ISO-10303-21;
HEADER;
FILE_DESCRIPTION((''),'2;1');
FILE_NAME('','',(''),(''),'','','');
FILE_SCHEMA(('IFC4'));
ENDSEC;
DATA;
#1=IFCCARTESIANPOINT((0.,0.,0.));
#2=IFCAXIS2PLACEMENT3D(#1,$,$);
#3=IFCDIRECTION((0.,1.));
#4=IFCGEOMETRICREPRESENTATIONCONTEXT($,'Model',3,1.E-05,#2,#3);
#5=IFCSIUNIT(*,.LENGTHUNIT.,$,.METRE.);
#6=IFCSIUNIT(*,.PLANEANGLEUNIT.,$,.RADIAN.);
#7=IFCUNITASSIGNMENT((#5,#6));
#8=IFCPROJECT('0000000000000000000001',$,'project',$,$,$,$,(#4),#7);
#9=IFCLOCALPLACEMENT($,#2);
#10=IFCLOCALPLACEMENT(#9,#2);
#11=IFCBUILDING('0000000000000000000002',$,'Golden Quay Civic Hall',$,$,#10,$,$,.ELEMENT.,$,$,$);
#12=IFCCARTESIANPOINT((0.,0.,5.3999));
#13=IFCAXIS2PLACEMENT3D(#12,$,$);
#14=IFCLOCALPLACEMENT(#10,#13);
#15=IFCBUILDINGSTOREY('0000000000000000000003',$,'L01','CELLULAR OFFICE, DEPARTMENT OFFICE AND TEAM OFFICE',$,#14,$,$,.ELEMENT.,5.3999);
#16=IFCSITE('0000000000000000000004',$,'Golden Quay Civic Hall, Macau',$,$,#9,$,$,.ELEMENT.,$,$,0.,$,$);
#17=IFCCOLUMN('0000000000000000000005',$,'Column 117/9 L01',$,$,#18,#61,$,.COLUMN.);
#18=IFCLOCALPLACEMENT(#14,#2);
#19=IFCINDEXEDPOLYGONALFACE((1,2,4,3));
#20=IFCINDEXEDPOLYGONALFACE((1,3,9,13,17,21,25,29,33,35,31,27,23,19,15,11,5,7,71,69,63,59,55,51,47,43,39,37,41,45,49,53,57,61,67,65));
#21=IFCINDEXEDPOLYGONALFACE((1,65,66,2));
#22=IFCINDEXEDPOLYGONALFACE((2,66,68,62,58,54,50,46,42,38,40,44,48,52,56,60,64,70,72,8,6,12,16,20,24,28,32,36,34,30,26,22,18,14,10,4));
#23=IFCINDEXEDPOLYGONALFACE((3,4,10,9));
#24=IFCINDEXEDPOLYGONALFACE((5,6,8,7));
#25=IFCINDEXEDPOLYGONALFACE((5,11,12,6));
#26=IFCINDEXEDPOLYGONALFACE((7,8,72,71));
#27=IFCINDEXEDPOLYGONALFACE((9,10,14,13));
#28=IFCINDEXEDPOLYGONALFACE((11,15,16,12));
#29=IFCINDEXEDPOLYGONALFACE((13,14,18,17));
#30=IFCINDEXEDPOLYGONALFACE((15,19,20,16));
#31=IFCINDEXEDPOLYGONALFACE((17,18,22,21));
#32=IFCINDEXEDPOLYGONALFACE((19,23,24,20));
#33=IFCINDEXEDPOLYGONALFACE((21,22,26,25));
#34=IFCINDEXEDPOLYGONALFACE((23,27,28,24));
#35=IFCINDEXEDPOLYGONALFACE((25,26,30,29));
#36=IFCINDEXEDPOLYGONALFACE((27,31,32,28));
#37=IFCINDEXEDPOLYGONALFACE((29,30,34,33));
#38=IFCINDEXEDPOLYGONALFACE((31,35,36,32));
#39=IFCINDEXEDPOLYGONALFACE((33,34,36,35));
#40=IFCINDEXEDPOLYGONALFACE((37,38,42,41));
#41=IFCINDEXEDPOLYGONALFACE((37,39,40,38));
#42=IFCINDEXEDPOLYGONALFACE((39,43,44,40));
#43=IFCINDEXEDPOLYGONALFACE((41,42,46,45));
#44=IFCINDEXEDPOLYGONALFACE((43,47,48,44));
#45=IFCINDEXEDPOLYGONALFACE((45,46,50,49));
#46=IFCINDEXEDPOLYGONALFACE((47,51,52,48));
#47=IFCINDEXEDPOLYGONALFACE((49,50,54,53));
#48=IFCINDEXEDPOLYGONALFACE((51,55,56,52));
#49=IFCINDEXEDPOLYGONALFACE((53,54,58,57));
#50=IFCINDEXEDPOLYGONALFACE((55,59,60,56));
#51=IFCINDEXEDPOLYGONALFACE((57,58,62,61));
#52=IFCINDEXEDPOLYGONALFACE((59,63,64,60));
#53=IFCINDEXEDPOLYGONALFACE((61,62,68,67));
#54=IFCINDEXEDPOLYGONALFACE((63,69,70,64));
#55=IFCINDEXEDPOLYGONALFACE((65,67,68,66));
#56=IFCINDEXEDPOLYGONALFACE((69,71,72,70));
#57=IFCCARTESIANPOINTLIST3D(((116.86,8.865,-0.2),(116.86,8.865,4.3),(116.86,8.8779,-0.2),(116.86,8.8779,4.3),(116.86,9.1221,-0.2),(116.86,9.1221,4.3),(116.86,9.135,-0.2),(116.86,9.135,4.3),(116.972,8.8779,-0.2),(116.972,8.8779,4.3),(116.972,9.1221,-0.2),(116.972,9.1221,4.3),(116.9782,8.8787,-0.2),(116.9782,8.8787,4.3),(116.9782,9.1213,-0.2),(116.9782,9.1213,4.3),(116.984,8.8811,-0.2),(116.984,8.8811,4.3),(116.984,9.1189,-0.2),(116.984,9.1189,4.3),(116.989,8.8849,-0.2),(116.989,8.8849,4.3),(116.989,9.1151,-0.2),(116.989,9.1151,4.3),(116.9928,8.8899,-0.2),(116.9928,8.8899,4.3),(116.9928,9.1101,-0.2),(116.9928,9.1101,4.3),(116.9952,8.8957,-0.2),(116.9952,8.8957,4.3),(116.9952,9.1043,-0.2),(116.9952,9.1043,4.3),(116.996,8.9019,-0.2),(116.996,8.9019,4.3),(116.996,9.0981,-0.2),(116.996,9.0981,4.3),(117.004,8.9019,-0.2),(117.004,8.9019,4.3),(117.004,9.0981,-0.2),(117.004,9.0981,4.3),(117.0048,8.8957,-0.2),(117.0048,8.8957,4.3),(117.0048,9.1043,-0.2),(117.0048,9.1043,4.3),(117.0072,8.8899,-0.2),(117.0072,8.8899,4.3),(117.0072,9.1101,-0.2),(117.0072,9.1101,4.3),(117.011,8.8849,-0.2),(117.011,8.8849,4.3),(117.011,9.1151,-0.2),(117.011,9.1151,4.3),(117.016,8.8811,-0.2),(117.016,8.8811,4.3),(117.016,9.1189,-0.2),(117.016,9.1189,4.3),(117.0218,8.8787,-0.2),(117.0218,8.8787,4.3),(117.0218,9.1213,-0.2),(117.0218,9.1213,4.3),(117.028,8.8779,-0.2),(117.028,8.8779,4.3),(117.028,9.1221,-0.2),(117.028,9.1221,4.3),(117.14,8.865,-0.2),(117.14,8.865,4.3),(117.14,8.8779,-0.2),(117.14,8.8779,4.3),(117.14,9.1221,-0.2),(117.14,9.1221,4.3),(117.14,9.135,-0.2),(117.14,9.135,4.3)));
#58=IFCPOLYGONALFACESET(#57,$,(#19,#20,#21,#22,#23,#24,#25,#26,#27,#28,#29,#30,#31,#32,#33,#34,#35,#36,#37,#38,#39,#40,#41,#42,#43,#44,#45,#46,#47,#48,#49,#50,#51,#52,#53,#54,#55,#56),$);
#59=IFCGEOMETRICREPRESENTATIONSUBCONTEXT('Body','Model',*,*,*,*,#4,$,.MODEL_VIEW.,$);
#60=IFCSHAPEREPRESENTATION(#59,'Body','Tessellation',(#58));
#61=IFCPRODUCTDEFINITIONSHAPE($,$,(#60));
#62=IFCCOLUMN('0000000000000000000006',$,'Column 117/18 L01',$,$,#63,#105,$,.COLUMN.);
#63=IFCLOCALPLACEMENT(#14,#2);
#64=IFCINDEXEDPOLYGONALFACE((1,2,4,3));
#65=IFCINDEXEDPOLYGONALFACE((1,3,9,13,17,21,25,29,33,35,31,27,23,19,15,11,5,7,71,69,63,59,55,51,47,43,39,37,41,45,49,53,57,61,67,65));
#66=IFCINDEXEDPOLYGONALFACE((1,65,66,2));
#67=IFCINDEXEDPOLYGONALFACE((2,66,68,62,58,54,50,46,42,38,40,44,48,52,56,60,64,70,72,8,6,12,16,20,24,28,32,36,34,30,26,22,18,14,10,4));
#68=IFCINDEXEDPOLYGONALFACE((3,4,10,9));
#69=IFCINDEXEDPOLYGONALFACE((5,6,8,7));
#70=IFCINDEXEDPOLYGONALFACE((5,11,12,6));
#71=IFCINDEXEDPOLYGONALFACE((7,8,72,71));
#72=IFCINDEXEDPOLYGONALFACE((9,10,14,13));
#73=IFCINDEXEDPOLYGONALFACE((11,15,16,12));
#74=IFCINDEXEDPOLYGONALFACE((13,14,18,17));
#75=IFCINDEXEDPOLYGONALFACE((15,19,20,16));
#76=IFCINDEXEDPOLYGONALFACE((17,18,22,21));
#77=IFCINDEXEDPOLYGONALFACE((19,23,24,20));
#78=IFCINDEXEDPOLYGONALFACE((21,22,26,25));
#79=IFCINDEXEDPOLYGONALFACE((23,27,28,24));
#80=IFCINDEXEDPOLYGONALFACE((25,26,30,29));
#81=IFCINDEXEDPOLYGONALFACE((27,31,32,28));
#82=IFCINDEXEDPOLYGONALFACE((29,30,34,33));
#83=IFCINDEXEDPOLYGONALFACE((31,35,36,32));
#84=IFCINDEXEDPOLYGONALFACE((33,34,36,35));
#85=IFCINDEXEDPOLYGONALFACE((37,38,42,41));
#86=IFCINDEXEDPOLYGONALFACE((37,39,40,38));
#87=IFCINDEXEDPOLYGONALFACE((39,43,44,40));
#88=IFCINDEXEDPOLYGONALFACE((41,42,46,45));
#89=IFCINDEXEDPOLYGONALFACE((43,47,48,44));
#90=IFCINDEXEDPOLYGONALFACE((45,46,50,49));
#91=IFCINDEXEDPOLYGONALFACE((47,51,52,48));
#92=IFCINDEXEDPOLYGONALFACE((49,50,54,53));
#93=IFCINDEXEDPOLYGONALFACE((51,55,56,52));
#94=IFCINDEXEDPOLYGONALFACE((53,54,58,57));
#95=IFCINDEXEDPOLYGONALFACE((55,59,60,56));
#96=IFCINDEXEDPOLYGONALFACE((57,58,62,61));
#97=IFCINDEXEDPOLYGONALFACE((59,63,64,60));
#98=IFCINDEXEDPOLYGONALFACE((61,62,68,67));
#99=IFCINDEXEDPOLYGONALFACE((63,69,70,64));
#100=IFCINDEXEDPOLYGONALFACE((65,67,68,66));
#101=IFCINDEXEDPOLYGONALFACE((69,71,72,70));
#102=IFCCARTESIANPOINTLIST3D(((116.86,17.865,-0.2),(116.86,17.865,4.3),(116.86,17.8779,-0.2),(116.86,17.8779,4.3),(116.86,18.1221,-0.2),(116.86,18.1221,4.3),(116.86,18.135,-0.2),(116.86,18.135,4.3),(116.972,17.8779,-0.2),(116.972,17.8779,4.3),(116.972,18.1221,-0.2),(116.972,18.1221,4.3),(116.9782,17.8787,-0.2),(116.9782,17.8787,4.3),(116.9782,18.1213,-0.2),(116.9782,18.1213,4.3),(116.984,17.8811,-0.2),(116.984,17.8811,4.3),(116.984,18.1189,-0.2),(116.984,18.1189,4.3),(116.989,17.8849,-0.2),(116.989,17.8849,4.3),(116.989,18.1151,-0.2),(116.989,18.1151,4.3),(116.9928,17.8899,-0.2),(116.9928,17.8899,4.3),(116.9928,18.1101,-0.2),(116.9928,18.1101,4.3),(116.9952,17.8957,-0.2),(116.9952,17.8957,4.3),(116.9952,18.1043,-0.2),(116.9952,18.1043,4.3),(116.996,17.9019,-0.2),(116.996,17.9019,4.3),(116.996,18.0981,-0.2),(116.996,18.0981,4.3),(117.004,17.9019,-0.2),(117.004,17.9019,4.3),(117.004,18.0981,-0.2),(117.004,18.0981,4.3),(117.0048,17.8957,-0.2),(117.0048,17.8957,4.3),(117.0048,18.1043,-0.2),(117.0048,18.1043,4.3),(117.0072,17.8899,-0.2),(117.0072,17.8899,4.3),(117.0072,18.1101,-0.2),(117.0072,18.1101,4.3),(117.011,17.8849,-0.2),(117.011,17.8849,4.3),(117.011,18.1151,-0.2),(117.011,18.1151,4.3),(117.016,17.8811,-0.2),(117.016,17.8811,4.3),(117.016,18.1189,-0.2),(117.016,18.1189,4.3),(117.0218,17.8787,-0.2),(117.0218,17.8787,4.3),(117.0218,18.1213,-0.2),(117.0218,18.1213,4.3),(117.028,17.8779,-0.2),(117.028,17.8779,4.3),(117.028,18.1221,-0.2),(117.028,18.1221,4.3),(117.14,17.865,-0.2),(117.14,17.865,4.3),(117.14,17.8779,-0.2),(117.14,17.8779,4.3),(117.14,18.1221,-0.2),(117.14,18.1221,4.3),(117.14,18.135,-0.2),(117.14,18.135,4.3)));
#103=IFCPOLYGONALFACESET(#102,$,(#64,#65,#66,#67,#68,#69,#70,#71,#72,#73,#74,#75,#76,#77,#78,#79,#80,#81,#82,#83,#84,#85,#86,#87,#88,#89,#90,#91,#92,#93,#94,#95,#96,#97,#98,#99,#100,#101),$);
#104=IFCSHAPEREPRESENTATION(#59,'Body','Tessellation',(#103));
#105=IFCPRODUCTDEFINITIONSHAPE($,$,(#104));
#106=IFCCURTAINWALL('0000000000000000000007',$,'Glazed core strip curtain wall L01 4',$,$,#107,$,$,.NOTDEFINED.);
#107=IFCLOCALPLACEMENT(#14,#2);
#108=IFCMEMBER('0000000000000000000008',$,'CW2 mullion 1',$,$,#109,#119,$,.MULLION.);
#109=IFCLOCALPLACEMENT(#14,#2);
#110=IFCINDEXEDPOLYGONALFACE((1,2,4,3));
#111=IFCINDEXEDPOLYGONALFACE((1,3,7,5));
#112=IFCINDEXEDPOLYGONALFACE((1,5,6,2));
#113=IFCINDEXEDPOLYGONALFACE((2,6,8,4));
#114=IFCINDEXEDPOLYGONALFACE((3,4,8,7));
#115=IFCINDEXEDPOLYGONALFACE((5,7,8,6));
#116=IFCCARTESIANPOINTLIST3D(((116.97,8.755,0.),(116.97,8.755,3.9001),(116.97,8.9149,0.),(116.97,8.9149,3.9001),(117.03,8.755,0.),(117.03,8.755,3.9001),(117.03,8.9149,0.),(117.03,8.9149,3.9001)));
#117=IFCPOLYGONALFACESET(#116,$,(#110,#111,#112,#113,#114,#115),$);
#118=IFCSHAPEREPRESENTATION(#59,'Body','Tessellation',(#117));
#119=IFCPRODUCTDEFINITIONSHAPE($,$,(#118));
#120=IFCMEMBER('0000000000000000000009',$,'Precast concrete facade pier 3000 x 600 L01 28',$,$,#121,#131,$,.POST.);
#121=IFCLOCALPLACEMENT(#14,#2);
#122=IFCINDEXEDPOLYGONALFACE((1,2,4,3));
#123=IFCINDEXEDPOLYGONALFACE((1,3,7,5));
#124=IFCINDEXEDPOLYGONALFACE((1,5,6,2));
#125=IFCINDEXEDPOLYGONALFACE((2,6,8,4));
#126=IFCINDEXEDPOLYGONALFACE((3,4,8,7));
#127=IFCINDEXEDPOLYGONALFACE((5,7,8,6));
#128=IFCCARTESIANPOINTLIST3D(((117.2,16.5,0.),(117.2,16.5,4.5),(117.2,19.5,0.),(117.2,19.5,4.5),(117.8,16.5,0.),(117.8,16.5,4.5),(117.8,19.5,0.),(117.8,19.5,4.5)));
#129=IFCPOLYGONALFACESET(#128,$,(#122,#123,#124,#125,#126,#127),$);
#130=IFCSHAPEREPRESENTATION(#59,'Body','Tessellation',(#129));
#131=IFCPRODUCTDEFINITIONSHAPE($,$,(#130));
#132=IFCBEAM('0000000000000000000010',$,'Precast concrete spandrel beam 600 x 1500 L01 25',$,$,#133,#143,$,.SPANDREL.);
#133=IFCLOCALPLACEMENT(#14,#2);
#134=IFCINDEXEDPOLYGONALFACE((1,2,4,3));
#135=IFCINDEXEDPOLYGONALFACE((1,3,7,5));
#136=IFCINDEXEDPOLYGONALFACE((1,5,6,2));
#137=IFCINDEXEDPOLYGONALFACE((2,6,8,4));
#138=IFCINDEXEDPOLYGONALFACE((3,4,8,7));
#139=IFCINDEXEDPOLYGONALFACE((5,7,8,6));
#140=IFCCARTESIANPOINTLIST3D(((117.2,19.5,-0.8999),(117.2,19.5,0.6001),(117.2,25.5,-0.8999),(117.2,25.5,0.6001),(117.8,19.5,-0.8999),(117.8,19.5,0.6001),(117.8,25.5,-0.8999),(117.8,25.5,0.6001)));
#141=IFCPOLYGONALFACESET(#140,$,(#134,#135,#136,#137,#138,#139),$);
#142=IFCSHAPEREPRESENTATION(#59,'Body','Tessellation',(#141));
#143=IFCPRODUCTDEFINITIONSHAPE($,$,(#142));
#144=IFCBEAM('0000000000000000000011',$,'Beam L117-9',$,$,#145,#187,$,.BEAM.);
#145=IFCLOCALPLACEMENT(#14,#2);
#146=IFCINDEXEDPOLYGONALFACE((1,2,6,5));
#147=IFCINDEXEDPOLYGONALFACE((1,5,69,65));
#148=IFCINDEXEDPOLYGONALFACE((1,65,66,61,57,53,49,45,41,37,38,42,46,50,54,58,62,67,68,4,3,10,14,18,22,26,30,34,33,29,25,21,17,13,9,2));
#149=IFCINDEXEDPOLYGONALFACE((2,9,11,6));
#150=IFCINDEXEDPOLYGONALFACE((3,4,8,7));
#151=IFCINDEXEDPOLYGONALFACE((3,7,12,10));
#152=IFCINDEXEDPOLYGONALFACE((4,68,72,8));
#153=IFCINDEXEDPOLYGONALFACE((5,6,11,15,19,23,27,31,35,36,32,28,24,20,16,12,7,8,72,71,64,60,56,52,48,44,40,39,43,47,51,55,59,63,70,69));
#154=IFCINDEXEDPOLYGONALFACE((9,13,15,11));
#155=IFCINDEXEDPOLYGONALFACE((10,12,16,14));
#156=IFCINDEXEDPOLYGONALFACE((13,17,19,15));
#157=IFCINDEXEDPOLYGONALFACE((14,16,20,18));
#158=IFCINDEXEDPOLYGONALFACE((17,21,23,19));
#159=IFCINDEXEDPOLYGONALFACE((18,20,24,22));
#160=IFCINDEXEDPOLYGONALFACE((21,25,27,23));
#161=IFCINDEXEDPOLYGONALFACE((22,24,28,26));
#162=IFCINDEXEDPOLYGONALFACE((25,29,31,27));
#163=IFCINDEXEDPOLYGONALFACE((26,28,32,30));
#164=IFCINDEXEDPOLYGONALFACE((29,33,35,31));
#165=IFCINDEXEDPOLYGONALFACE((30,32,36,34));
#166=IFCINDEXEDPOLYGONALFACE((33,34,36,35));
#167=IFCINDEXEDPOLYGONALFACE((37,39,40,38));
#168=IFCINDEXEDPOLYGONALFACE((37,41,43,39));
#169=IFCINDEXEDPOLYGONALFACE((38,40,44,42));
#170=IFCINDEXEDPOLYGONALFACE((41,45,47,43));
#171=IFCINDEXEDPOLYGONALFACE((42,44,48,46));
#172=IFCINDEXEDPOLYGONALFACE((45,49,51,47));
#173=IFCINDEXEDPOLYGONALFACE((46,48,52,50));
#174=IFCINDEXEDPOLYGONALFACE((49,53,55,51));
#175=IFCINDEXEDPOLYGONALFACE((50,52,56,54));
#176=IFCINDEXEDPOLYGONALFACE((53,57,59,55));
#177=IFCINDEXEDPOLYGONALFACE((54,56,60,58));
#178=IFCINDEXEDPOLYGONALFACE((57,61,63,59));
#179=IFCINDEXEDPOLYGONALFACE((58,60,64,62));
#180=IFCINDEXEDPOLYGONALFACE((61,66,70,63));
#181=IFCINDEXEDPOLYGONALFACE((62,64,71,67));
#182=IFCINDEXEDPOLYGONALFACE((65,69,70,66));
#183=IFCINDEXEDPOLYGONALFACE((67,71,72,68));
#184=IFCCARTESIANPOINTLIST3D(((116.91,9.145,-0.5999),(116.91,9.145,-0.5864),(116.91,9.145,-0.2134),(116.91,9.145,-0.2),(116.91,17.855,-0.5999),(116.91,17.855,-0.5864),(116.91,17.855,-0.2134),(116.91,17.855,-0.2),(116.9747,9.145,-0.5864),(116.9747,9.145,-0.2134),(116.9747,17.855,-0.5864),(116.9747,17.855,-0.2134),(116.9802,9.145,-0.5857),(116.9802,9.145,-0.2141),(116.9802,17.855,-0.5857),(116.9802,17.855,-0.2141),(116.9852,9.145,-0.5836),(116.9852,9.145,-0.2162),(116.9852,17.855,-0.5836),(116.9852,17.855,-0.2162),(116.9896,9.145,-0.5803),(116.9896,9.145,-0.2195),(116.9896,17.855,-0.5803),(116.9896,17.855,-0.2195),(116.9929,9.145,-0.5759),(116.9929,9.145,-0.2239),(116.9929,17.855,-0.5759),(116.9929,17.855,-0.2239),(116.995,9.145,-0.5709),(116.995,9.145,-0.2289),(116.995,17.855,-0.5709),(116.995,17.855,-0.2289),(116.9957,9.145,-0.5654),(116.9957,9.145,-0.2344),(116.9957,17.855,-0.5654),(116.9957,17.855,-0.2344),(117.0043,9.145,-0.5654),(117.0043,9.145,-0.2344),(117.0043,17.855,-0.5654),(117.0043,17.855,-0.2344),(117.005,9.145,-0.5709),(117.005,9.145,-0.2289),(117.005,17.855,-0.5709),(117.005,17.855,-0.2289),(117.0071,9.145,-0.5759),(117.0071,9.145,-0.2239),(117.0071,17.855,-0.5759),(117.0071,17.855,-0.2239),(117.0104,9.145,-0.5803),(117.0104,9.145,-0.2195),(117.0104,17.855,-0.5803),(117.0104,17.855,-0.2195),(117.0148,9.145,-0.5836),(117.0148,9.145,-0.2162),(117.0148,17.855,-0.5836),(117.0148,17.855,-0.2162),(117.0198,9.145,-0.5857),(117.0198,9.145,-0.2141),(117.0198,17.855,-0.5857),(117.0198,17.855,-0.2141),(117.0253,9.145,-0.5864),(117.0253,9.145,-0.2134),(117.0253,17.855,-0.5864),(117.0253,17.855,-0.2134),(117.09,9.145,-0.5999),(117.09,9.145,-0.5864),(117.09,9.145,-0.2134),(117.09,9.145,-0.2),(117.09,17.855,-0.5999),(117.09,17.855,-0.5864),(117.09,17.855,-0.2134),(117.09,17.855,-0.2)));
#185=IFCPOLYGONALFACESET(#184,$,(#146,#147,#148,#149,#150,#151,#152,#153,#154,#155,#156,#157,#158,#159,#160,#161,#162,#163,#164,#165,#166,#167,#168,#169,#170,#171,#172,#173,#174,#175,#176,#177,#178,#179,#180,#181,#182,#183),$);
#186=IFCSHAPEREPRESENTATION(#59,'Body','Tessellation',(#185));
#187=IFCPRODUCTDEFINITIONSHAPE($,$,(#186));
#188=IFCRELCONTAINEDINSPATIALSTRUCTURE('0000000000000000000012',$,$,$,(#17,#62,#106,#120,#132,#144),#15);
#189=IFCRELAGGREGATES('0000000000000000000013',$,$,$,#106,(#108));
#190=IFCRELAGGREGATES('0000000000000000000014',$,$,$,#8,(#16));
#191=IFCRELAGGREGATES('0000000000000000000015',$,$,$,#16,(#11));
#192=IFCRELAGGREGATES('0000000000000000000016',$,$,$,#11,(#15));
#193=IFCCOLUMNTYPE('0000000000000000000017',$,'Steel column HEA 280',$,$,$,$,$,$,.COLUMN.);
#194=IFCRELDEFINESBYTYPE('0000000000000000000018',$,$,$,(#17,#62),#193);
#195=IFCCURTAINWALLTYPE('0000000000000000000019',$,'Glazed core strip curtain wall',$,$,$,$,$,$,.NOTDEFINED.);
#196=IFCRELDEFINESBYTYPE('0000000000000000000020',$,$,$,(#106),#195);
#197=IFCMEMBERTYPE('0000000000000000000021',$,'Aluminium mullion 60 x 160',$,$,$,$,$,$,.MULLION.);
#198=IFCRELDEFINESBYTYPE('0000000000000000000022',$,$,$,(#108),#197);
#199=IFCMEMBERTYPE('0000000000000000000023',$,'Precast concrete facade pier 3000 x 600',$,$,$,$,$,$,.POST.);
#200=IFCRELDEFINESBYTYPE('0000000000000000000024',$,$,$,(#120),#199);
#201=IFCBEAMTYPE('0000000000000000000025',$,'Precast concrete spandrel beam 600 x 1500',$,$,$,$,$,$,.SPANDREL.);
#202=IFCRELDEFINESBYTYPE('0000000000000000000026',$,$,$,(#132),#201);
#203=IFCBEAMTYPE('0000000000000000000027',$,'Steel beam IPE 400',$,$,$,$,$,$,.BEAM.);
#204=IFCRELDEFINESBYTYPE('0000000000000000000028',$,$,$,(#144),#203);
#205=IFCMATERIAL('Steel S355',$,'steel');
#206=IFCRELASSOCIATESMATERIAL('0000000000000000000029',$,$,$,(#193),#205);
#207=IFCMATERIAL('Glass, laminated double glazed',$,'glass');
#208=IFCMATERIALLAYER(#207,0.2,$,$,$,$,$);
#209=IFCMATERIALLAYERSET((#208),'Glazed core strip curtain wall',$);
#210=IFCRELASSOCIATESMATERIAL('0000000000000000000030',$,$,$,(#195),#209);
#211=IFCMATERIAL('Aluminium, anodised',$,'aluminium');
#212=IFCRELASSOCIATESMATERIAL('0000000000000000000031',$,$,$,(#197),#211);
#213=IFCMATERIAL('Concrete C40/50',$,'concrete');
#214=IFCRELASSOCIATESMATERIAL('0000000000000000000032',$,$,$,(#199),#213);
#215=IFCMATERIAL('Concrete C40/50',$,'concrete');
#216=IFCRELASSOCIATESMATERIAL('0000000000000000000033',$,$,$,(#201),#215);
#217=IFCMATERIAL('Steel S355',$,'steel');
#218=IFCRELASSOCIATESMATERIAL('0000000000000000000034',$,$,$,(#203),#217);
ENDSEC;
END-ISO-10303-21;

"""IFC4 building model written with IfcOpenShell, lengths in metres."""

from ifc_helpers import new_model, si_unit, direction, frame, origin, origin_2d, place, context, subcontext, project, spatial, rectangle, i_section, extrude, material, layer, layer_set, material_profile, profile_set, type_object, element, aggregate, save


model = new_model("IFC4")

# Units and contexts
model_context = context("Model", 3, precision=1e-05, world=origin(), true_north=direction((0.0, 1.0)))
body_context = subcontext(model_context, "Body", "Model", "MODEL_VIEW")
ifc_project = project(units=[si_unit("LENGTHUNIT", "METRE"), si_unit("PLANEANGLEUNIT", "RADIAN")], contexts=[model_context])

# Site, building, storey
site_placement = place(None, origin())
site = spatial("IfcSite", under=ifc_project, at=site_placement, Name="Golden Quay Civic Hall, Macau", CompositionType="ELEMENT", RefElevation=0.0)
building_placement = place(site_placement, origin())
building = spatial("IfcBuilding", under=site, at=building_placement, Name="Golden Quay Civic Hall", CompositionType="ELEMENT")
storey_placement = place(building_placement, frame((0.0, 0.0, 5.3999)))
storey = spatial("IfcBuildingStorey", under=building, at=storey_placement, Name="L01", Description="CELLULAR OFFICE, DEPARTMENT OFFICE AND TEAM OFFICE", CompositionType="ELEMENT", Elevation=5.3999)

# Columns
ifc_material_1 = material(Name="Steel S355", Category="steel")
ifc_material_profile_1 = material_profile(ifc_material_1, i_section(OverallWidth=0.28, OverallDepth=0.27, WebThickness=0.0081, FlangeThickness=0.0129, FilletRadius=0.0239, at=origin_2d()), Name="HEA 280")
ifc_profile_set_1 = profile_set([ifc_material_profile_1], Name="Steel S355")
column_type = type_object("IfcColumnType", Name="Steel column HEA 280", PredefinedType="COLUMN", material=ifc_profile_set_1)
for number, where, z_axis, x_axis, name in (
    (1, (117.0, 9.0, -0.2), (0.0, 0.0, 1.0), (1.0, 0.0, 0.0), "Column 117/9 L01"),
    (2, (117.0, 18.0, -0.2), (0.0, 0.0, 1.0), (1.0, 0.0, 0.0), "Column 117/18 L01"),
):
    element("IfcColumn", number, at=place(storey_placement, frame(where, z_axis=z_axis, x_axis=x_axis)), inside=storey, type_object=column_type, Name=name, PredefinedType="COLUMN", context=body_context, shape_type="SweptSolid", body=[
        extrude(i_section(OverallWidth=0.28, OverallDepth=0.27, WebThickness=0.0081, FlangeThickness=0.0129, FilletRadius=0.0239, at=origin_2d()), origin(), (0.0, 0.0, 1.0), 4.5),
    ])

# Curtain wall, member
ifc_material_2 = material(Name="Glass, laminated double glazed", Category="glass")
ifc_layer_1 = layer(ifc_material_2, 0.2)
ifc_layer_set_1 = layer_set([ifc_layer_1], Name="Glazed core strip curtain wall")
curtain_wall_type = type_object("IfcCurtainWallType", Name="Glazed core strip curtain wall", PredefinedType="NOTDEFINED", material=ifc_layer_set_1)
curtain_wall_placement = place(storey_placement, origin())
curtain_wall = element("IfcCurtainWall", 3, at=curtain_wall_placement, inside=storey, type_object=curtain_wall_type, Name="Glazed core strip curtain wall L01 4", PredefinedType="NOTDEFINED")
ifc_material_3 = material(Name="Aluminium, anodised", Category="aluminium")
ifc_material_profile_2 = material_profile(ifc_material_3, rectangle(XDim=0.0601, YDim=0.1599, at=origin_2d()), Name="Aluminium 60 x 160")
ifc_profile_set_2 = profile_set([ifc_material_profile_2], Name="Aluminium, anodised")
member_type_1 = type_object("IfcMemberType", Name="Aluminium mullion 60 x 160", PredefinedType="MULLION", material=ifc_profile_set_2)
member_1_placement = place(storey_placement, frame((117.0, 8.835, 0.0), z_axis=(0.0, 0.0, 1.0), x_axis=(1.0, 0.0, 0.0)))
member_1 = element("IfcMember", 4, at=member_1_placement, type_object=member_type_1, Name="CW2 mullion 1", PredefinedType="MULLION", context=body_context, shape_type="SweptSolid", body=[
    extrude(rectangle(XDim=0.0601, YDim=0.1599, at=origin_2d()), origin(), (0.0, 0.0, 1.0), 3.9001),
])
aggregate(curtain_wall, [member_1])

# Member
ifc_material_4 = material(Name="Concrete C40/50", Category="concrete")
ifc_material_profile_3 = material_profile(ifc_material_4, rectangle(XDim=3.0, YDim=0.6001, at=origin_2d()), Name="RC 3000x600")
ifc_profile_set_3 = profile_set([ifc_material_profile_3], Name="Concrete C40/50")
member_type_2 = type_object("IfcMemberType", Name="Precast concrete facade pier 3000 x 600", PredefinedType="POST", material=ifc_profile_set_3)
member_2_placement = place(storey_placement, frame((117.5, 18.0, 0.0), z_axis=(0.0, 0.0, 1.0), x_axis=(0.0, 1.0, 0.0)))
element("IfcMember", 5, at=member_2_placement, inside=storey, type_object=member_type_2, Name="Precast concrete facade pier 3000 x 600 L01 28", PredefinedType="POST", context=body_context, shape_type="SweptSolid", body=[
    extrude(rectangle(XDim=3.0, YDim=0.6001, at=origin_2d()), origin(), (0.0, 0.0, 1.0), 4.5),
])

# Beams
ifc_material_5 = material(Name="Concrete C40/50", Category="concrete")
ifc_material_profile_4 = material_profile(ifc_material_5, rectangle(XDim=0.6001, YDim=1.5, at=origin_2d()), Name="RC 600x1500")
ifc_profile_set_4 = profile_set([ifc_material_profile_4], Name="Concrete C40/50")
beam_type_1 = type_object("IfcBeamType", Name="Precast concrete spandrel beam 600 x 1500", PredefinedType="SPANDREL", material=ifc_profile_set_4)
beam_placement = place(storey_placement, frame((117.5, 19.5, -0.1499), z_axis=(0.0, 1.0, 0.0), x_axis=(-1.0, 0.0, 0.0)))
element("IfcBeam", 6, at=beam_placement, inside=storey, type_object=beam_type_1, Name="Precast concrete spandrel beam 600 x 1500 L01 25", PredefinedType="SPANDREL", context=body_context, shape_type="SweptSolid", body=[
    extrude(rectangle(XDim=0.6001, YDim=1.5, at=origin_2d()), origin(), (0.0, 0.0, 1.0), 6.0),
])
ifc_material_6 = material(Name="Steel S355", Category="steel")
ifc_material_profile_5 = material_profile(ifc_material_6, i_section(OverallWidth=0.1799, OverallDepth=0.3999, WebThickness=0.0085, FlangeThickness=0.0134, FilletRadius=0.021, at=origin_2d()), Name="IPE 400")
ifc_profile_set_5 = profile_set([ifc_material_profile_5], Name="Steel S355")
beam_type_2 = type_object("IfcBeamType", Name="Steel beam IPE 400", PredefinedType="BEAM", material=ifc_profile_set_5)
for number, where, z_axis, x_axis, name in (
    (7, (117.0, 9.145, -0.3999), (0.0, 1.0, 0.0), (-1.0, 0.0, 0.0), "Beam L117-9"),
):
    element("IfcBeam", number, at=place(storey_placement, frame(where, z_axis=z_axis, x_axis=x_axis)), inside=storey, type_object=beam_type_2, Name=name, PredefinedType="BEAM", context=body_context, shape_type="SweptSolid", body=[
        extrude(i_section(OverallWidth=0.1799, OverallDepth=0.3999, WebThickness=0.0085, FlangeThickness=0.0134, FilletRadius=0.021, at=origin_2d()), origin(), (0.0, 0.0, 1.0), 8.71),
    ])

save(model, "model.ifc")
